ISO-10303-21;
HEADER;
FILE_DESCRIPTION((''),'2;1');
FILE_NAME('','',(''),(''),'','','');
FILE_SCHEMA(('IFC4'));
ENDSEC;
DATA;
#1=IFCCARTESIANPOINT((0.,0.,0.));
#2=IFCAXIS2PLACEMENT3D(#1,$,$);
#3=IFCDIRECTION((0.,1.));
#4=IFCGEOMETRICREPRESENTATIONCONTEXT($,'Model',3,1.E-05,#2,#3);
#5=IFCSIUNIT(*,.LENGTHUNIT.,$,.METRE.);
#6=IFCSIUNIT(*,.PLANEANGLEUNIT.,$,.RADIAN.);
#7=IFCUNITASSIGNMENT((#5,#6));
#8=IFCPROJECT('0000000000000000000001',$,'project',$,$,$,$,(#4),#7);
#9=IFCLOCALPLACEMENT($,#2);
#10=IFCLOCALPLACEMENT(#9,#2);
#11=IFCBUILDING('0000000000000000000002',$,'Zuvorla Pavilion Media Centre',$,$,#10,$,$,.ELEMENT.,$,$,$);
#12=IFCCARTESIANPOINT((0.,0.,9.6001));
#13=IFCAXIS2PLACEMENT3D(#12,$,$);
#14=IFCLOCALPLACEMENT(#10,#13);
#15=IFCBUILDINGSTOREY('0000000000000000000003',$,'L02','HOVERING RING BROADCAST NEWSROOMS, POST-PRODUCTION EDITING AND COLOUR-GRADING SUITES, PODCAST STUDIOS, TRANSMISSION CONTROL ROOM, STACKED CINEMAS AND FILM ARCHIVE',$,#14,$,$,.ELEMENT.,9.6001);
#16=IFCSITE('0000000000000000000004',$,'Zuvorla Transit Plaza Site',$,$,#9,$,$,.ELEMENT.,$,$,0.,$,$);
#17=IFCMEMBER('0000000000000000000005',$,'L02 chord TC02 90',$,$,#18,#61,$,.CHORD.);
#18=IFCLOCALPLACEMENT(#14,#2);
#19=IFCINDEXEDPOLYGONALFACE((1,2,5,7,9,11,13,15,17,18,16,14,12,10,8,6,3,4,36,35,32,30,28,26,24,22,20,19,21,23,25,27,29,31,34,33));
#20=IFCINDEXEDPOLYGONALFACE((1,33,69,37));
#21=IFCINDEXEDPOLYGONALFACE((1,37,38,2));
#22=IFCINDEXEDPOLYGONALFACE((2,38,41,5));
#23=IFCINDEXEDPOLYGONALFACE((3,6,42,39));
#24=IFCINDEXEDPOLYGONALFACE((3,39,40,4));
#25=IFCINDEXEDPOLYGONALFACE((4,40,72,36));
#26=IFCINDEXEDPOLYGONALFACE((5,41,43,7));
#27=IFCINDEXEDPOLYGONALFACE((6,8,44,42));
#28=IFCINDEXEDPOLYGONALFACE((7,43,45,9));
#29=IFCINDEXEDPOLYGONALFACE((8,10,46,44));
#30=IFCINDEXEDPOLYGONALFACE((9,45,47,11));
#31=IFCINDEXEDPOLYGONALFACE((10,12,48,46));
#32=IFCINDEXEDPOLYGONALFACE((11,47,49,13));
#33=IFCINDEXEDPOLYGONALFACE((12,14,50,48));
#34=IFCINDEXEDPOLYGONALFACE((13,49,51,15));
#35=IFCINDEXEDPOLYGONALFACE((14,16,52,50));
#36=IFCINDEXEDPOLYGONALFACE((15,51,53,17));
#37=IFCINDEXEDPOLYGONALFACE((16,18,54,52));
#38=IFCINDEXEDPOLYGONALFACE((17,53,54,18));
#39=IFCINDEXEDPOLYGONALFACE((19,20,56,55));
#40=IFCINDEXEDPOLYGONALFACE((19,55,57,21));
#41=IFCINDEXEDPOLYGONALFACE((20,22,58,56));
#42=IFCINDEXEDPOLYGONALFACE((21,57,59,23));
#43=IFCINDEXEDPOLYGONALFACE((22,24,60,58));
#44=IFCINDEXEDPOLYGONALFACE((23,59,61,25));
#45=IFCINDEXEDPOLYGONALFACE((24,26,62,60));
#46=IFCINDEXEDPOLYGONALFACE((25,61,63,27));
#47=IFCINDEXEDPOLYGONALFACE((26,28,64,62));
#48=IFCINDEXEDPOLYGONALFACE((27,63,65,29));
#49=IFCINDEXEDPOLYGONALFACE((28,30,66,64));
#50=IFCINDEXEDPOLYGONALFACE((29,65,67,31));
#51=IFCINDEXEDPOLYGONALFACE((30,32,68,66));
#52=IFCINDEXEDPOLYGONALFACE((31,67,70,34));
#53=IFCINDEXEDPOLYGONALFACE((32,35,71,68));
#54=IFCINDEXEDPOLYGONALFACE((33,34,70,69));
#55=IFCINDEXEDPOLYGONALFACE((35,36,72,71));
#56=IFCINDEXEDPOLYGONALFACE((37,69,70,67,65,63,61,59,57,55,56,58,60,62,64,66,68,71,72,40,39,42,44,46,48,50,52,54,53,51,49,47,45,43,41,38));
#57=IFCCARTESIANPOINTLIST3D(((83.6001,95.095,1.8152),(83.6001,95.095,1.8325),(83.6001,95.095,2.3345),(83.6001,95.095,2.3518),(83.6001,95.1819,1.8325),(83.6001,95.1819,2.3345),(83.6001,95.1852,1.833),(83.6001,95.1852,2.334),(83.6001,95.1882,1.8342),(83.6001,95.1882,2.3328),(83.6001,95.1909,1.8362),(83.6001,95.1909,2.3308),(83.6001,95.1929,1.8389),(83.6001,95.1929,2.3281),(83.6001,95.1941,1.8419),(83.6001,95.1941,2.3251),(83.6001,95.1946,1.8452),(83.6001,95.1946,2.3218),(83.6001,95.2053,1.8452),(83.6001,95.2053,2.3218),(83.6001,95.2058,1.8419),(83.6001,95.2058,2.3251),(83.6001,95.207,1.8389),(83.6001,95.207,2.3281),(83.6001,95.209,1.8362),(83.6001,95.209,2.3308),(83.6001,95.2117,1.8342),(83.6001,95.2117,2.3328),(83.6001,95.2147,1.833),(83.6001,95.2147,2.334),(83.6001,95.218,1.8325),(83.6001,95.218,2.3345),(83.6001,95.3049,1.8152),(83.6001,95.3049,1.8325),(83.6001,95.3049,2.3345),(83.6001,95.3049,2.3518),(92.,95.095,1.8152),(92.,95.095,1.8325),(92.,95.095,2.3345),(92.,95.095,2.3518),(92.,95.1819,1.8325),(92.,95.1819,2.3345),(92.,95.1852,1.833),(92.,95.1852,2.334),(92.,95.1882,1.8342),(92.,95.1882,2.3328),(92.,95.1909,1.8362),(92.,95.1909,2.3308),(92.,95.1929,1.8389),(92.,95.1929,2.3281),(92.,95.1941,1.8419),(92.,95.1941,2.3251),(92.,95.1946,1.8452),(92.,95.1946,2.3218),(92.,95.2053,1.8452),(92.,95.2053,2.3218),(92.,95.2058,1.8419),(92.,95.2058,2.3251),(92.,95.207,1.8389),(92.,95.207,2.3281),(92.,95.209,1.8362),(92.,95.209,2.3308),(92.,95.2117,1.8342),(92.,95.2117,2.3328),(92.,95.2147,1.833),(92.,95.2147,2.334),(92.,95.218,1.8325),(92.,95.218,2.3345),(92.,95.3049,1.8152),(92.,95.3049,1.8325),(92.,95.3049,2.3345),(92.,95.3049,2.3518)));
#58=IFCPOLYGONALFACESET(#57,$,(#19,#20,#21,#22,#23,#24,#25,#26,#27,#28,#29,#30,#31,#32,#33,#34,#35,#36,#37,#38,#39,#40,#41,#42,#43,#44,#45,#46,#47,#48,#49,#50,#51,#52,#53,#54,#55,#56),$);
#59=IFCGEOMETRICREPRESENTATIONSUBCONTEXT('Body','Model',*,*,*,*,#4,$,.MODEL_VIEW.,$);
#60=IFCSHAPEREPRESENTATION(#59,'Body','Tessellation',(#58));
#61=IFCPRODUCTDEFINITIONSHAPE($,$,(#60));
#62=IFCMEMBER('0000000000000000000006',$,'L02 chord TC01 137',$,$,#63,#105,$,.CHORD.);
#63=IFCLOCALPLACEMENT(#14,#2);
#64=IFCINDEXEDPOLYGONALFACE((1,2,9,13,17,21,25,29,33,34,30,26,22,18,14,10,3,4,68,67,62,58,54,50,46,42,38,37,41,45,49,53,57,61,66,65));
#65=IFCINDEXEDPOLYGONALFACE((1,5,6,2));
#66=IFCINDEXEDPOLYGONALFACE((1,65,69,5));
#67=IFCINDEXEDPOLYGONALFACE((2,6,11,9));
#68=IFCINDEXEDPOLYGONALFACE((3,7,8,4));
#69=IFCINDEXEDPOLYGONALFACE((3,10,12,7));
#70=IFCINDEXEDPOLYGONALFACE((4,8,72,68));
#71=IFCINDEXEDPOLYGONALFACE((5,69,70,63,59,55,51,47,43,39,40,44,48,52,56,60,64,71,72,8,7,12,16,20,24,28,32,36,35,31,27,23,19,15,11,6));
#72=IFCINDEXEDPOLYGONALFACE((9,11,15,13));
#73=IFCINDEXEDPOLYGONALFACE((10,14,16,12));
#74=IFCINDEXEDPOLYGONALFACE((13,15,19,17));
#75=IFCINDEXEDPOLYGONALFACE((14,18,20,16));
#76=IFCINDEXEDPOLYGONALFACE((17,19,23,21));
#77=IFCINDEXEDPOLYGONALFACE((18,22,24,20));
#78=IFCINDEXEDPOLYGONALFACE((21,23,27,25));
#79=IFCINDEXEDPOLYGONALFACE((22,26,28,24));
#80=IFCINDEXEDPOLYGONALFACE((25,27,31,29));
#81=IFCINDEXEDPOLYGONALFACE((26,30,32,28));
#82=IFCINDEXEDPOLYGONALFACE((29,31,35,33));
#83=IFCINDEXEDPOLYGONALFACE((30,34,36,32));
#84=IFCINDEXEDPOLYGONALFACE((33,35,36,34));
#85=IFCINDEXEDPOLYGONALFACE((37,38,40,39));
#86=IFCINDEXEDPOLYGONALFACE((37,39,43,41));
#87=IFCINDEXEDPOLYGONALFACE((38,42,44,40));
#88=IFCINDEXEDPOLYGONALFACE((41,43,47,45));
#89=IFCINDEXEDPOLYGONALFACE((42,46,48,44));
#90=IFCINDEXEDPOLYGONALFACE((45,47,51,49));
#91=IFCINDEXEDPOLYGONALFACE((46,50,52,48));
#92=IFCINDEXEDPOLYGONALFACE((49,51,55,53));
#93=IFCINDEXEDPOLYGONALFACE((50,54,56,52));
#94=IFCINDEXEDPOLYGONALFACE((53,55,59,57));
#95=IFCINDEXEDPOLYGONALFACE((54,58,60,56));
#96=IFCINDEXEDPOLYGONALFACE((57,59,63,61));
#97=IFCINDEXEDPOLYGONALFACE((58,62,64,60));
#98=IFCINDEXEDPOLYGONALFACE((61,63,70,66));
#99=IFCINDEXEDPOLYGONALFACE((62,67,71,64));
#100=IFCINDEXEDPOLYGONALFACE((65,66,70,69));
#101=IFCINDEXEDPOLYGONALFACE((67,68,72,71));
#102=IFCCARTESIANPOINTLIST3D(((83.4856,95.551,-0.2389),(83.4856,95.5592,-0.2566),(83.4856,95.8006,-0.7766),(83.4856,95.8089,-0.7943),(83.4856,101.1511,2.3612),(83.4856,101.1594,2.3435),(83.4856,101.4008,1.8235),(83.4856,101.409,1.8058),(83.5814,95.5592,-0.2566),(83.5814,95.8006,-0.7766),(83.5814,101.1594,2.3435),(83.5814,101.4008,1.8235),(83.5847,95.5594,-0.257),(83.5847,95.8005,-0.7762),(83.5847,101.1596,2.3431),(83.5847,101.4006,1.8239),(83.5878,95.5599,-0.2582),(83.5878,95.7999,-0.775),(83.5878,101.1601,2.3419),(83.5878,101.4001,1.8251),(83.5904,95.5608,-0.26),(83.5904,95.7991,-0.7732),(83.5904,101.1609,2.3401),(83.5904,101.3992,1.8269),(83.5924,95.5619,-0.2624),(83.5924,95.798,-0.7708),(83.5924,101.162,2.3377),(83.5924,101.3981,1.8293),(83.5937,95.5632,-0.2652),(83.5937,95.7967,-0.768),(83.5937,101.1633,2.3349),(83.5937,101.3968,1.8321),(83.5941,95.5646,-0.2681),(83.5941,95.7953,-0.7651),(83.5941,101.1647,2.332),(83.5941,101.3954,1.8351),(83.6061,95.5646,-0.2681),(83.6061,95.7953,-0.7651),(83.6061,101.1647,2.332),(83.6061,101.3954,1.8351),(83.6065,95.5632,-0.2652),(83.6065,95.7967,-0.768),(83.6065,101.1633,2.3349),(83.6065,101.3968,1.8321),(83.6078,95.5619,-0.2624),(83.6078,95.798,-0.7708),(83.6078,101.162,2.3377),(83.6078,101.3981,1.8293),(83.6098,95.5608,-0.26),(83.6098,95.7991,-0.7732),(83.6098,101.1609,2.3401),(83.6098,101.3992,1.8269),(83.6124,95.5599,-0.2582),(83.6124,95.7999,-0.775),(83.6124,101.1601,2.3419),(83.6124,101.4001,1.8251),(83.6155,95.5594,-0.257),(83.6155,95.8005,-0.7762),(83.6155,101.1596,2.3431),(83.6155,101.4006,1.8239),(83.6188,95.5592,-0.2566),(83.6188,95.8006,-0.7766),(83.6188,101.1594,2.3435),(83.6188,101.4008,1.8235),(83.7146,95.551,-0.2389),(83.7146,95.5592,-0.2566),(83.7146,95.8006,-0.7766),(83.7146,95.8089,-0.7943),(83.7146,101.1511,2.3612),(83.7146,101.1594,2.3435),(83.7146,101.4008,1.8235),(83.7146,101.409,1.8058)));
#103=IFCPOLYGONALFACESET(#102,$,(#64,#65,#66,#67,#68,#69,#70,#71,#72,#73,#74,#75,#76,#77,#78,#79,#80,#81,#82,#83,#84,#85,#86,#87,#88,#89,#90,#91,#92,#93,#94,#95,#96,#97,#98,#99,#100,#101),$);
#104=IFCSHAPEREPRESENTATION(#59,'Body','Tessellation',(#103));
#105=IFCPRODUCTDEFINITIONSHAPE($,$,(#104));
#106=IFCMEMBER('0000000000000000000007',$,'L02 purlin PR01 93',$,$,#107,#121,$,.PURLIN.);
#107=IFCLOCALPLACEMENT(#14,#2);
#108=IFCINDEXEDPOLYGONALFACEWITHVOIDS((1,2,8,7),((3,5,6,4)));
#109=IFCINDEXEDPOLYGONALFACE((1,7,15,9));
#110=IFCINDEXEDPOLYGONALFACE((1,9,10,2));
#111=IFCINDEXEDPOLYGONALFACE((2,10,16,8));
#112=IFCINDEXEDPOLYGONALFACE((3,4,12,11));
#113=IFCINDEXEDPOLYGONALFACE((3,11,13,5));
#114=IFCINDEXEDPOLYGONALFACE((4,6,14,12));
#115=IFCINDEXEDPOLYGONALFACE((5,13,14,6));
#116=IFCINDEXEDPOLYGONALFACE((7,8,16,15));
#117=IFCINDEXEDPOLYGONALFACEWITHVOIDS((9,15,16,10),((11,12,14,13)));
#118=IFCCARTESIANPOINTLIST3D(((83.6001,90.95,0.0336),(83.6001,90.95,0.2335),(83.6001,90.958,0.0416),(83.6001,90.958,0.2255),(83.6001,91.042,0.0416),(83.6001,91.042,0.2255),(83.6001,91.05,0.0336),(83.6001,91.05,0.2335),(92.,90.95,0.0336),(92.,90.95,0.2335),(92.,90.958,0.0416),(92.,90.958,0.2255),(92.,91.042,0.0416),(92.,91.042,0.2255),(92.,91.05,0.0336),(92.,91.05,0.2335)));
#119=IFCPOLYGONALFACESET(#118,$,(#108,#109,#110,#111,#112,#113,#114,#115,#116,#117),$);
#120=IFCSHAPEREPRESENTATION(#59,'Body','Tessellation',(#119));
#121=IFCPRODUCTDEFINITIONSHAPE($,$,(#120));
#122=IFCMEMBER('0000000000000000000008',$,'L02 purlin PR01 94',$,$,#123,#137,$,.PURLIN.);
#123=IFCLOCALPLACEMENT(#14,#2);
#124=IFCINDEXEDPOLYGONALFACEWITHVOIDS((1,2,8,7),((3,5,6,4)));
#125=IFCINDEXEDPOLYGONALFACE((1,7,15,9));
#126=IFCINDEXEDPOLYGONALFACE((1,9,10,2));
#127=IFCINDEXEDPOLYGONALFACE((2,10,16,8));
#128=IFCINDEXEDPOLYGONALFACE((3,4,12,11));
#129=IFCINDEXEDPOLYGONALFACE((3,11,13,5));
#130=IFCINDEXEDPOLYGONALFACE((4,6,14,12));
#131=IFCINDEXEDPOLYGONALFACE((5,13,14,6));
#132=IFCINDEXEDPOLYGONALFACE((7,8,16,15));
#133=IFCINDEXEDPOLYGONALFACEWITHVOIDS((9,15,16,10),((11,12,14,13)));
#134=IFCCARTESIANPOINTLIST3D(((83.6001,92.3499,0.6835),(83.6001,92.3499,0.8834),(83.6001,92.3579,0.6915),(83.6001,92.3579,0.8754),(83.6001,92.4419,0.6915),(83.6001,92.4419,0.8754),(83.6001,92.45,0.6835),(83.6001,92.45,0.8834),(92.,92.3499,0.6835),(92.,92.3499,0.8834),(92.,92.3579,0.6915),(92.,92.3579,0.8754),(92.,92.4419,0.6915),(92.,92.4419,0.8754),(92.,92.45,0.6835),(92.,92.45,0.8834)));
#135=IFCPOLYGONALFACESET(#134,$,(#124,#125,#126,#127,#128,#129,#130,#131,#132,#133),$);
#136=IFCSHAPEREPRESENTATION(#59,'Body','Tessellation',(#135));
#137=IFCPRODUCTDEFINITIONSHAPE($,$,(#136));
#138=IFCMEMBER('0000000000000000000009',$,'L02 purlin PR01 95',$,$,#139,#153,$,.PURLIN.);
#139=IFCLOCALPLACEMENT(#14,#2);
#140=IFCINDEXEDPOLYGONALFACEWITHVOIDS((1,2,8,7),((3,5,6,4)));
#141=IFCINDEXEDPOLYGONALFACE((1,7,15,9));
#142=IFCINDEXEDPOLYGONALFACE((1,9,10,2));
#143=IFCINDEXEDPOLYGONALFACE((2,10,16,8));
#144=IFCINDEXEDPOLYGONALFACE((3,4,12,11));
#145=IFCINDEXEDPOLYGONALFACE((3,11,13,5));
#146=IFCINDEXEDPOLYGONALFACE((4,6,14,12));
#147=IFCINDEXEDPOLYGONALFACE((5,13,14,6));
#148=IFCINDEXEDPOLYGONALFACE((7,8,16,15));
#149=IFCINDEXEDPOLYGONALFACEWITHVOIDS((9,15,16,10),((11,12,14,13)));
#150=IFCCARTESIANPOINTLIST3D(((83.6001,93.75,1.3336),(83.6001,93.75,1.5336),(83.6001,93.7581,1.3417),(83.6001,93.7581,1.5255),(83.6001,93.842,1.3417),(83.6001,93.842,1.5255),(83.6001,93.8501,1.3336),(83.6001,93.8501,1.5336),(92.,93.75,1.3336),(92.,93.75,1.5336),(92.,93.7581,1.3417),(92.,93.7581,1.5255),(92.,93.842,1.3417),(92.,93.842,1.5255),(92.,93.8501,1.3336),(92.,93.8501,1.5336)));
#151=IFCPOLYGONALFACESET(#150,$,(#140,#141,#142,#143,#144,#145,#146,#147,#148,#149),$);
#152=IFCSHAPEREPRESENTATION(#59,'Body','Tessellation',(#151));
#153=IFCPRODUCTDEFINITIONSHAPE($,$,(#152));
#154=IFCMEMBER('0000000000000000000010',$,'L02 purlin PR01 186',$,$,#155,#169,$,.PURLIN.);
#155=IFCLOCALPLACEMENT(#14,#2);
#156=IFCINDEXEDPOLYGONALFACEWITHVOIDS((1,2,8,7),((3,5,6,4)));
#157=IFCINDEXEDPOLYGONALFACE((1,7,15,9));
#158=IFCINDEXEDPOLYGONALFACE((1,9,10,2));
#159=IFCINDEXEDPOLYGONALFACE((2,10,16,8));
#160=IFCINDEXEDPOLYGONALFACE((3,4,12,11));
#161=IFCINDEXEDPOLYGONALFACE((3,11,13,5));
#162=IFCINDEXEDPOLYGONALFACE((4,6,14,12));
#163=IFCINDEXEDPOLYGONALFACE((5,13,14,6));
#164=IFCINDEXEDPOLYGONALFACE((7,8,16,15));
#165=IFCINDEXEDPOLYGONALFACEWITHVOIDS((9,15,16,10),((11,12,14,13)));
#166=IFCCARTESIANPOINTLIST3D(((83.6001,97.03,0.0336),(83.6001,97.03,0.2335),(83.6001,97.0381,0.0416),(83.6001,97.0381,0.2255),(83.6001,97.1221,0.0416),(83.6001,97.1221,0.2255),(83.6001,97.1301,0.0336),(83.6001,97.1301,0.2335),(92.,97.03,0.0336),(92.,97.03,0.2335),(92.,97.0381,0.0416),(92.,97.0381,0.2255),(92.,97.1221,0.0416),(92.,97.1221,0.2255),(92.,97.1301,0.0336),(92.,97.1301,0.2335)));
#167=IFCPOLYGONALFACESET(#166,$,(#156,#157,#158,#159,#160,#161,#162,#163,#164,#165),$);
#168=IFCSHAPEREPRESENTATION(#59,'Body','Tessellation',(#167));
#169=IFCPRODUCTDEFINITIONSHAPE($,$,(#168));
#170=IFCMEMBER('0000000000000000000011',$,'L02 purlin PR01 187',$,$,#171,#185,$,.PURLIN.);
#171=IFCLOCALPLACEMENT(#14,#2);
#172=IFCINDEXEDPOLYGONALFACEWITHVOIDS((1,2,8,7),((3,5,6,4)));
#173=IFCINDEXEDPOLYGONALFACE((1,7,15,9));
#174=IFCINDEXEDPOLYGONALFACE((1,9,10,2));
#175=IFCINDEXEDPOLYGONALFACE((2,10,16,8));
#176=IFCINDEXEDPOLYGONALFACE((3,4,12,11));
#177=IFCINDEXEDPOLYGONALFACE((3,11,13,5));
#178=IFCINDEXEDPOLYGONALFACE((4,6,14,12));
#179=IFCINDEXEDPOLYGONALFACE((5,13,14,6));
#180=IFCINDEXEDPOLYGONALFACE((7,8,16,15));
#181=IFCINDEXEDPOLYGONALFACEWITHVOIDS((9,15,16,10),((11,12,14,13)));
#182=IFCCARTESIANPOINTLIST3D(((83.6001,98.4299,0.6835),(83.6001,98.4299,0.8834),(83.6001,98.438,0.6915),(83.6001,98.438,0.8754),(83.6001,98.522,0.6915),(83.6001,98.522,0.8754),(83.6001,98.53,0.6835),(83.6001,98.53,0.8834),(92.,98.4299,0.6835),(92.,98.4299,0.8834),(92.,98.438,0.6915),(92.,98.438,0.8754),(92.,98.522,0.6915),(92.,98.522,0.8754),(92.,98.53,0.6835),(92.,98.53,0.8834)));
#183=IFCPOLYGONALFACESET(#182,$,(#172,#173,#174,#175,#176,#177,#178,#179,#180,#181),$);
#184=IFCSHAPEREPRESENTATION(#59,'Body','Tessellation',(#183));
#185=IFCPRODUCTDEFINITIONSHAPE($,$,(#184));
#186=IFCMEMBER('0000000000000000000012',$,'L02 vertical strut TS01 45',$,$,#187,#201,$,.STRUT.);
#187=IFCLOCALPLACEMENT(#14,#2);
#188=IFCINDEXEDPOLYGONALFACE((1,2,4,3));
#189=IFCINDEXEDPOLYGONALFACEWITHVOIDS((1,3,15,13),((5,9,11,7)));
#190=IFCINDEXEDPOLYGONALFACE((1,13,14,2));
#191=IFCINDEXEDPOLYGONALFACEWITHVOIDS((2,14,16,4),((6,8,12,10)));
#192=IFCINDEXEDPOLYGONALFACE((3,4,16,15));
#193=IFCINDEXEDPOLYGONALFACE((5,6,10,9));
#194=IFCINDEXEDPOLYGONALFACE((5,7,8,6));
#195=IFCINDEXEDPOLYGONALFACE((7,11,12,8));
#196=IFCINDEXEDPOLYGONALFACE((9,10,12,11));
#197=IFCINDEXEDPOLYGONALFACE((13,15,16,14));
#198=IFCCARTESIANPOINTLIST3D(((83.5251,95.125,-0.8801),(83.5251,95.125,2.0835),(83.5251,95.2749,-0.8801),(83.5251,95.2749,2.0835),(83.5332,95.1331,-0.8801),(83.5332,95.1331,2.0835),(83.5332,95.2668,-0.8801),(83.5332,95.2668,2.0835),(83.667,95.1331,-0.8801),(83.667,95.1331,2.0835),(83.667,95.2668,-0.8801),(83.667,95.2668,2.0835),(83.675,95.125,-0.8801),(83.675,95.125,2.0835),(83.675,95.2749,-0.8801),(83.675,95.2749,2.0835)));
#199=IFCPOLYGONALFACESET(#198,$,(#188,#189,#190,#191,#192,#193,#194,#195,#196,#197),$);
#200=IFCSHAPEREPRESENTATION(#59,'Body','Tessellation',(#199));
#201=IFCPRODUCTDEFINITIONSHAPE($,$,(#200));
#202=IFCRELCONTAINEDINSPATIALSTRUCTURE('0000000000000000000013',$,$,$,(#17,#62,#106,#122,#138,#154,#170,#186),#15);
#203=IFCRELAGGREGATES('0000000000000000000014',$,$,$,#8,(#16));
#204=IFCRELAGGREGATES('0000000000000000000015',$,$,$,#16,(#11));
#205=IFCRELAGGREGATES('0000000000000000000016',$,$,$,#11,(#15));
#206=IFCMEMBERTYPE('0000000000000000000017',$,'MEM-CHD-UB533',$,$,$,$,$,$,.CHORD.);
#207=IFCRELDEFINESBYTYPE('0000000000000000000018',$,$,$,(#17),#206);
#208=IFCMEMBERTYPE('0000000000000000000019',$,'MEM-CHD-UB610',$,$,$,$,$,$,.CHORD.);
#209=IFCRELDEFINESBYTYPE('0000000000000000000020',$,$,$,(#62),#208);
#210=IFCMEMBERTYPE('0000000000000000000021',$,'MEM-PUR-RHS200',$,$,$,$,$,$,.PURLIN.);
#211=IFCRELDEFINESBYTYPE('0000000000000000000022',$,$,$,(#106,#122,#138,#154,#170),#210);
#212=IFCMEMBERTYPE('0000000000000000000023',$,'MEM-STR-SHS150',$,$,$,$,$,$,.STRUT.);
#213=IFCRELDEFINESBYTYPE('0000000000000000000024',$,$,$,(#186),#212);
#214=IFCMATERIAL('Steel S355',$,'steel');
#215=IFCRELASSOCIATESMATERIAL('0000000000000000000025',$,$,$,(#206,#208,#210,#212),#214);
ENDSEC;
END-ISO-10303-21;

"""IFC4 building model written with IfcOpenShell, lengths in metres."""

from ifc_helpers import new_model, si_unit, direction, frame, origin, origin_2d, place, context, subcontext, project, spatial, hollow_rectangle, i_section, extrude, material, material_profile, profile_set, type_object, element, save


model = new_model("IFC4")

# Units and contexts
model_context = context("Model", 3, precision=1e-05, world=origin(), true_north=direction((0.0, 1.0)))
body_context = subcontext(model_context, "Body", "Model", "MODEL_VIEW")
ifc_project = project(units=[si_unit("LENGTHUNIT", "METRE"), si_unit("PLANEANGLEUNIT", "RADIAN")], contexts=[model_context])

# Site, building, storey
site_placement = place(None, origin())
site = spatial("IfcSite", under=ifc_project, at=site_placement, Name="Zuvorla Transit Plaza Site", CompositionType="ELEMENT", RefElevation=0.0)
building_placement = place(site_placement, origin())
building = spatial("IfcBuilding", under=site, at=building_placement, Name="Zuvorla Pavilion Media Centre", CompositionType="ELEMENT")
storey_placement = place(building_placement, frame((0.0, 0.0, 9.6001)))
storey = spatial("IfcBuildingStorey", under=building, at=storey_placement, Name="L02", Description="HOVERING RING BROADCAST NEWSROOMS, POST-PRODUCTION EDITING AND COLOUR-GRADING SUITES, PODCAST STUDIOS, TRANSMISSION CONTROL ROOM, STACKED CINEMAS AND FILM ARCHIVE", CompositionType="ELEMENT", Elevation=9.6001)

# Members
ifc_material_1 = material(Name="Steel S355", Category="steel")
ifc_material_profile_1 = material_profile(ifc_material_1, i_section(OverallWidth=0.21, OverallDepth=0.5366, WebThickness=0.0107, FlangeThickness=0.0173, FilletRadius=0.0127, at=origin_2d()), Name="UB 533x210x101")
ifc_profile_set_1 = profile_set([ifc_material_profile_1], Name="Steel S355")
member_type_1 = type_object("IfcMemberType", Name="MEM-CHD-UB533", PredefinedType="CHORD", material=ifc_profile_set_1)
member_1_placement = place(storey_placement, frame((83.6001, 95.2, 2.0835), z_axis=(1.0, 0.0, 0.0), x_axis=(0.0, 1.0, 0.0)))
element("IfcMember", 1, at=member_1_placement, inside=storey, type_object=member_type_1, Name="L02 chord TC02 90", PredefinedType="CHORD", context=body_context, shape_type="SweptSolid", body=[
    extrude(i_section(OverallWidth=0.21, OverallDepth=0.5366, WebThickness=0.0107, FlangeThickness=0.0173, FilletRadius=0.0127, at=origin_2d()), origin(), (0.0, 0.0, 1.0), 8.3999),
])
ifc_material_profile_2 = material_profile(ifc_material_1, i_section(OverallWidth=0.229, OverallDepth=0.6123, WebThickness=0.012, FlangeThickness=0.0195, FilletRadius=0.0127, at=origin_2d()), Name="UB 610x229x125")
ifc_profile_set_2 = profile_set([ifc_material_profile_2], Name="Steel S355")
member_type_2 = type_object("IfcMemberType", Name="MEM-CHD-UB610", PredefinedType="CHORD", material=ifc_profile_set_2)
member_2_placement = place(storey_placement, frame((83.6001, 95.6799, -0.5166), z_axis=(0.0, 0.907006, 0.421118), x_axis=(-1.0, 0.0, 0.0)))
element("IfcMember", 2, at=member_2_placement, inside=storey, type_object=member_type_2, Name="L02 chord TC01 137", PredefinedType="CHORD", context=body_context, shape_type="SweptSolid", body=[
    extrude(i_section(OverallWidth=0.229, OverallDepth=0.6123, WebThickness=0.012, FlangeThickness=0.0195, FilletRadius=0.0127, at=origin_2d()), origin(), (0.0, 0.0, 1.0), 6.1743),
])
ifc_material_profile_3 = material_profile(ifc_material_1, hollow_rectangle(XDim=0.1001, YDim=0.2, WallThickness=0.0081, at=origin_2d()), Name="RHS 200x100x8")
ifc_profile_set_3 = profile_set([ifc_material_profile_3], Name="Steel S355")
member_type_3 = type_object("IfcMemberType", Name="MEM-PUR-RHS200", PredefinedType="PURLIN", material=ifc_profile_set_3)
for number, where, z_axis, x_axis, name in (
    (3, (83.6001, 91.0, 0.1335), (1.0, 0.0, 0.0), (0.0, 1.0, 0.0), "L02 purlin PR01 93"),
    (4, (83.6001, 92.3999, 0.7834), (1.0, 0.0, 0.0), (0.0, 1.0, 0.0), "L02 purlin PR01 94"),
    (5, (83.6001, 93.8, 1.4336), (1.0, 0.0, 0.0), (0.0, 1.0, 0.0), "L02 purlin PR01 95"),
    (6, (83.6001, 97.0801, 0.1335), (1.0, 0.0, 0.0), (0.0, 1.0, 0.0), "L02 purlin PR01 186"),
    (7, (83.6001, 98.48, 0.7834), (1.0, 0.0, 0.0), (0.0, 1.0, 0.0), "L02 purlin PR01 187"),
):
    element("IfcMember", number, at=place(storey_placement, frame(where, z_axis=z_axis, x_axis=x_axis)), inside=storey, type_object=member_type_3, Name=name, PredefinedType="PURLIN", context=body_context, shape_type="SweptSolid", body=[
        extrude(hollow_rectangle(XDim=0.1001, YDim=0.2, WallThickness=0.0081, at=origin_2d()), origin(), (0.0, 0.0, 1.0), 8.3999),
    ])
ifc_material_profile_4 = material_profile(ifc_material_1, hollow_rectangle(XDim=0.1499, YDim=0.1499, WallThickness=0.0081, at=origin_2d()), Name="SHS 150x150x8")
ifc_profile_set_4 = profile_set([ifc_material_profile_4], Name="Steel S355")
member_type_4 = type_object("IfcMemberType", Name="MEM-STR-SHS150", PredefinedType="STRUT", material=ifc_profile_set_4)
member_3_placement = place(storey_placement, frame((83.6001, 95.2, -0.8801), z_axis=(0.0, 0.0, 1.0), x_axis=(1.0, 0.0, 0.0)))
element("IfcMember", 8, at=member_3_placement, inside=storey, type_object=member_type_4, Name="L02 vertical strut TS01 45", PredefinedType="STRUT", context=body_context, shape_type="SweptSolid", body=[
    extrude(hollow_rectangle(XDim=0.1499, YDim=0.1499, WallThickness=0.0081, at=origin_2d()), origin(), (0.0, 0.0, 1.0), 2.9636),
])

save(model, "model.ifc")
